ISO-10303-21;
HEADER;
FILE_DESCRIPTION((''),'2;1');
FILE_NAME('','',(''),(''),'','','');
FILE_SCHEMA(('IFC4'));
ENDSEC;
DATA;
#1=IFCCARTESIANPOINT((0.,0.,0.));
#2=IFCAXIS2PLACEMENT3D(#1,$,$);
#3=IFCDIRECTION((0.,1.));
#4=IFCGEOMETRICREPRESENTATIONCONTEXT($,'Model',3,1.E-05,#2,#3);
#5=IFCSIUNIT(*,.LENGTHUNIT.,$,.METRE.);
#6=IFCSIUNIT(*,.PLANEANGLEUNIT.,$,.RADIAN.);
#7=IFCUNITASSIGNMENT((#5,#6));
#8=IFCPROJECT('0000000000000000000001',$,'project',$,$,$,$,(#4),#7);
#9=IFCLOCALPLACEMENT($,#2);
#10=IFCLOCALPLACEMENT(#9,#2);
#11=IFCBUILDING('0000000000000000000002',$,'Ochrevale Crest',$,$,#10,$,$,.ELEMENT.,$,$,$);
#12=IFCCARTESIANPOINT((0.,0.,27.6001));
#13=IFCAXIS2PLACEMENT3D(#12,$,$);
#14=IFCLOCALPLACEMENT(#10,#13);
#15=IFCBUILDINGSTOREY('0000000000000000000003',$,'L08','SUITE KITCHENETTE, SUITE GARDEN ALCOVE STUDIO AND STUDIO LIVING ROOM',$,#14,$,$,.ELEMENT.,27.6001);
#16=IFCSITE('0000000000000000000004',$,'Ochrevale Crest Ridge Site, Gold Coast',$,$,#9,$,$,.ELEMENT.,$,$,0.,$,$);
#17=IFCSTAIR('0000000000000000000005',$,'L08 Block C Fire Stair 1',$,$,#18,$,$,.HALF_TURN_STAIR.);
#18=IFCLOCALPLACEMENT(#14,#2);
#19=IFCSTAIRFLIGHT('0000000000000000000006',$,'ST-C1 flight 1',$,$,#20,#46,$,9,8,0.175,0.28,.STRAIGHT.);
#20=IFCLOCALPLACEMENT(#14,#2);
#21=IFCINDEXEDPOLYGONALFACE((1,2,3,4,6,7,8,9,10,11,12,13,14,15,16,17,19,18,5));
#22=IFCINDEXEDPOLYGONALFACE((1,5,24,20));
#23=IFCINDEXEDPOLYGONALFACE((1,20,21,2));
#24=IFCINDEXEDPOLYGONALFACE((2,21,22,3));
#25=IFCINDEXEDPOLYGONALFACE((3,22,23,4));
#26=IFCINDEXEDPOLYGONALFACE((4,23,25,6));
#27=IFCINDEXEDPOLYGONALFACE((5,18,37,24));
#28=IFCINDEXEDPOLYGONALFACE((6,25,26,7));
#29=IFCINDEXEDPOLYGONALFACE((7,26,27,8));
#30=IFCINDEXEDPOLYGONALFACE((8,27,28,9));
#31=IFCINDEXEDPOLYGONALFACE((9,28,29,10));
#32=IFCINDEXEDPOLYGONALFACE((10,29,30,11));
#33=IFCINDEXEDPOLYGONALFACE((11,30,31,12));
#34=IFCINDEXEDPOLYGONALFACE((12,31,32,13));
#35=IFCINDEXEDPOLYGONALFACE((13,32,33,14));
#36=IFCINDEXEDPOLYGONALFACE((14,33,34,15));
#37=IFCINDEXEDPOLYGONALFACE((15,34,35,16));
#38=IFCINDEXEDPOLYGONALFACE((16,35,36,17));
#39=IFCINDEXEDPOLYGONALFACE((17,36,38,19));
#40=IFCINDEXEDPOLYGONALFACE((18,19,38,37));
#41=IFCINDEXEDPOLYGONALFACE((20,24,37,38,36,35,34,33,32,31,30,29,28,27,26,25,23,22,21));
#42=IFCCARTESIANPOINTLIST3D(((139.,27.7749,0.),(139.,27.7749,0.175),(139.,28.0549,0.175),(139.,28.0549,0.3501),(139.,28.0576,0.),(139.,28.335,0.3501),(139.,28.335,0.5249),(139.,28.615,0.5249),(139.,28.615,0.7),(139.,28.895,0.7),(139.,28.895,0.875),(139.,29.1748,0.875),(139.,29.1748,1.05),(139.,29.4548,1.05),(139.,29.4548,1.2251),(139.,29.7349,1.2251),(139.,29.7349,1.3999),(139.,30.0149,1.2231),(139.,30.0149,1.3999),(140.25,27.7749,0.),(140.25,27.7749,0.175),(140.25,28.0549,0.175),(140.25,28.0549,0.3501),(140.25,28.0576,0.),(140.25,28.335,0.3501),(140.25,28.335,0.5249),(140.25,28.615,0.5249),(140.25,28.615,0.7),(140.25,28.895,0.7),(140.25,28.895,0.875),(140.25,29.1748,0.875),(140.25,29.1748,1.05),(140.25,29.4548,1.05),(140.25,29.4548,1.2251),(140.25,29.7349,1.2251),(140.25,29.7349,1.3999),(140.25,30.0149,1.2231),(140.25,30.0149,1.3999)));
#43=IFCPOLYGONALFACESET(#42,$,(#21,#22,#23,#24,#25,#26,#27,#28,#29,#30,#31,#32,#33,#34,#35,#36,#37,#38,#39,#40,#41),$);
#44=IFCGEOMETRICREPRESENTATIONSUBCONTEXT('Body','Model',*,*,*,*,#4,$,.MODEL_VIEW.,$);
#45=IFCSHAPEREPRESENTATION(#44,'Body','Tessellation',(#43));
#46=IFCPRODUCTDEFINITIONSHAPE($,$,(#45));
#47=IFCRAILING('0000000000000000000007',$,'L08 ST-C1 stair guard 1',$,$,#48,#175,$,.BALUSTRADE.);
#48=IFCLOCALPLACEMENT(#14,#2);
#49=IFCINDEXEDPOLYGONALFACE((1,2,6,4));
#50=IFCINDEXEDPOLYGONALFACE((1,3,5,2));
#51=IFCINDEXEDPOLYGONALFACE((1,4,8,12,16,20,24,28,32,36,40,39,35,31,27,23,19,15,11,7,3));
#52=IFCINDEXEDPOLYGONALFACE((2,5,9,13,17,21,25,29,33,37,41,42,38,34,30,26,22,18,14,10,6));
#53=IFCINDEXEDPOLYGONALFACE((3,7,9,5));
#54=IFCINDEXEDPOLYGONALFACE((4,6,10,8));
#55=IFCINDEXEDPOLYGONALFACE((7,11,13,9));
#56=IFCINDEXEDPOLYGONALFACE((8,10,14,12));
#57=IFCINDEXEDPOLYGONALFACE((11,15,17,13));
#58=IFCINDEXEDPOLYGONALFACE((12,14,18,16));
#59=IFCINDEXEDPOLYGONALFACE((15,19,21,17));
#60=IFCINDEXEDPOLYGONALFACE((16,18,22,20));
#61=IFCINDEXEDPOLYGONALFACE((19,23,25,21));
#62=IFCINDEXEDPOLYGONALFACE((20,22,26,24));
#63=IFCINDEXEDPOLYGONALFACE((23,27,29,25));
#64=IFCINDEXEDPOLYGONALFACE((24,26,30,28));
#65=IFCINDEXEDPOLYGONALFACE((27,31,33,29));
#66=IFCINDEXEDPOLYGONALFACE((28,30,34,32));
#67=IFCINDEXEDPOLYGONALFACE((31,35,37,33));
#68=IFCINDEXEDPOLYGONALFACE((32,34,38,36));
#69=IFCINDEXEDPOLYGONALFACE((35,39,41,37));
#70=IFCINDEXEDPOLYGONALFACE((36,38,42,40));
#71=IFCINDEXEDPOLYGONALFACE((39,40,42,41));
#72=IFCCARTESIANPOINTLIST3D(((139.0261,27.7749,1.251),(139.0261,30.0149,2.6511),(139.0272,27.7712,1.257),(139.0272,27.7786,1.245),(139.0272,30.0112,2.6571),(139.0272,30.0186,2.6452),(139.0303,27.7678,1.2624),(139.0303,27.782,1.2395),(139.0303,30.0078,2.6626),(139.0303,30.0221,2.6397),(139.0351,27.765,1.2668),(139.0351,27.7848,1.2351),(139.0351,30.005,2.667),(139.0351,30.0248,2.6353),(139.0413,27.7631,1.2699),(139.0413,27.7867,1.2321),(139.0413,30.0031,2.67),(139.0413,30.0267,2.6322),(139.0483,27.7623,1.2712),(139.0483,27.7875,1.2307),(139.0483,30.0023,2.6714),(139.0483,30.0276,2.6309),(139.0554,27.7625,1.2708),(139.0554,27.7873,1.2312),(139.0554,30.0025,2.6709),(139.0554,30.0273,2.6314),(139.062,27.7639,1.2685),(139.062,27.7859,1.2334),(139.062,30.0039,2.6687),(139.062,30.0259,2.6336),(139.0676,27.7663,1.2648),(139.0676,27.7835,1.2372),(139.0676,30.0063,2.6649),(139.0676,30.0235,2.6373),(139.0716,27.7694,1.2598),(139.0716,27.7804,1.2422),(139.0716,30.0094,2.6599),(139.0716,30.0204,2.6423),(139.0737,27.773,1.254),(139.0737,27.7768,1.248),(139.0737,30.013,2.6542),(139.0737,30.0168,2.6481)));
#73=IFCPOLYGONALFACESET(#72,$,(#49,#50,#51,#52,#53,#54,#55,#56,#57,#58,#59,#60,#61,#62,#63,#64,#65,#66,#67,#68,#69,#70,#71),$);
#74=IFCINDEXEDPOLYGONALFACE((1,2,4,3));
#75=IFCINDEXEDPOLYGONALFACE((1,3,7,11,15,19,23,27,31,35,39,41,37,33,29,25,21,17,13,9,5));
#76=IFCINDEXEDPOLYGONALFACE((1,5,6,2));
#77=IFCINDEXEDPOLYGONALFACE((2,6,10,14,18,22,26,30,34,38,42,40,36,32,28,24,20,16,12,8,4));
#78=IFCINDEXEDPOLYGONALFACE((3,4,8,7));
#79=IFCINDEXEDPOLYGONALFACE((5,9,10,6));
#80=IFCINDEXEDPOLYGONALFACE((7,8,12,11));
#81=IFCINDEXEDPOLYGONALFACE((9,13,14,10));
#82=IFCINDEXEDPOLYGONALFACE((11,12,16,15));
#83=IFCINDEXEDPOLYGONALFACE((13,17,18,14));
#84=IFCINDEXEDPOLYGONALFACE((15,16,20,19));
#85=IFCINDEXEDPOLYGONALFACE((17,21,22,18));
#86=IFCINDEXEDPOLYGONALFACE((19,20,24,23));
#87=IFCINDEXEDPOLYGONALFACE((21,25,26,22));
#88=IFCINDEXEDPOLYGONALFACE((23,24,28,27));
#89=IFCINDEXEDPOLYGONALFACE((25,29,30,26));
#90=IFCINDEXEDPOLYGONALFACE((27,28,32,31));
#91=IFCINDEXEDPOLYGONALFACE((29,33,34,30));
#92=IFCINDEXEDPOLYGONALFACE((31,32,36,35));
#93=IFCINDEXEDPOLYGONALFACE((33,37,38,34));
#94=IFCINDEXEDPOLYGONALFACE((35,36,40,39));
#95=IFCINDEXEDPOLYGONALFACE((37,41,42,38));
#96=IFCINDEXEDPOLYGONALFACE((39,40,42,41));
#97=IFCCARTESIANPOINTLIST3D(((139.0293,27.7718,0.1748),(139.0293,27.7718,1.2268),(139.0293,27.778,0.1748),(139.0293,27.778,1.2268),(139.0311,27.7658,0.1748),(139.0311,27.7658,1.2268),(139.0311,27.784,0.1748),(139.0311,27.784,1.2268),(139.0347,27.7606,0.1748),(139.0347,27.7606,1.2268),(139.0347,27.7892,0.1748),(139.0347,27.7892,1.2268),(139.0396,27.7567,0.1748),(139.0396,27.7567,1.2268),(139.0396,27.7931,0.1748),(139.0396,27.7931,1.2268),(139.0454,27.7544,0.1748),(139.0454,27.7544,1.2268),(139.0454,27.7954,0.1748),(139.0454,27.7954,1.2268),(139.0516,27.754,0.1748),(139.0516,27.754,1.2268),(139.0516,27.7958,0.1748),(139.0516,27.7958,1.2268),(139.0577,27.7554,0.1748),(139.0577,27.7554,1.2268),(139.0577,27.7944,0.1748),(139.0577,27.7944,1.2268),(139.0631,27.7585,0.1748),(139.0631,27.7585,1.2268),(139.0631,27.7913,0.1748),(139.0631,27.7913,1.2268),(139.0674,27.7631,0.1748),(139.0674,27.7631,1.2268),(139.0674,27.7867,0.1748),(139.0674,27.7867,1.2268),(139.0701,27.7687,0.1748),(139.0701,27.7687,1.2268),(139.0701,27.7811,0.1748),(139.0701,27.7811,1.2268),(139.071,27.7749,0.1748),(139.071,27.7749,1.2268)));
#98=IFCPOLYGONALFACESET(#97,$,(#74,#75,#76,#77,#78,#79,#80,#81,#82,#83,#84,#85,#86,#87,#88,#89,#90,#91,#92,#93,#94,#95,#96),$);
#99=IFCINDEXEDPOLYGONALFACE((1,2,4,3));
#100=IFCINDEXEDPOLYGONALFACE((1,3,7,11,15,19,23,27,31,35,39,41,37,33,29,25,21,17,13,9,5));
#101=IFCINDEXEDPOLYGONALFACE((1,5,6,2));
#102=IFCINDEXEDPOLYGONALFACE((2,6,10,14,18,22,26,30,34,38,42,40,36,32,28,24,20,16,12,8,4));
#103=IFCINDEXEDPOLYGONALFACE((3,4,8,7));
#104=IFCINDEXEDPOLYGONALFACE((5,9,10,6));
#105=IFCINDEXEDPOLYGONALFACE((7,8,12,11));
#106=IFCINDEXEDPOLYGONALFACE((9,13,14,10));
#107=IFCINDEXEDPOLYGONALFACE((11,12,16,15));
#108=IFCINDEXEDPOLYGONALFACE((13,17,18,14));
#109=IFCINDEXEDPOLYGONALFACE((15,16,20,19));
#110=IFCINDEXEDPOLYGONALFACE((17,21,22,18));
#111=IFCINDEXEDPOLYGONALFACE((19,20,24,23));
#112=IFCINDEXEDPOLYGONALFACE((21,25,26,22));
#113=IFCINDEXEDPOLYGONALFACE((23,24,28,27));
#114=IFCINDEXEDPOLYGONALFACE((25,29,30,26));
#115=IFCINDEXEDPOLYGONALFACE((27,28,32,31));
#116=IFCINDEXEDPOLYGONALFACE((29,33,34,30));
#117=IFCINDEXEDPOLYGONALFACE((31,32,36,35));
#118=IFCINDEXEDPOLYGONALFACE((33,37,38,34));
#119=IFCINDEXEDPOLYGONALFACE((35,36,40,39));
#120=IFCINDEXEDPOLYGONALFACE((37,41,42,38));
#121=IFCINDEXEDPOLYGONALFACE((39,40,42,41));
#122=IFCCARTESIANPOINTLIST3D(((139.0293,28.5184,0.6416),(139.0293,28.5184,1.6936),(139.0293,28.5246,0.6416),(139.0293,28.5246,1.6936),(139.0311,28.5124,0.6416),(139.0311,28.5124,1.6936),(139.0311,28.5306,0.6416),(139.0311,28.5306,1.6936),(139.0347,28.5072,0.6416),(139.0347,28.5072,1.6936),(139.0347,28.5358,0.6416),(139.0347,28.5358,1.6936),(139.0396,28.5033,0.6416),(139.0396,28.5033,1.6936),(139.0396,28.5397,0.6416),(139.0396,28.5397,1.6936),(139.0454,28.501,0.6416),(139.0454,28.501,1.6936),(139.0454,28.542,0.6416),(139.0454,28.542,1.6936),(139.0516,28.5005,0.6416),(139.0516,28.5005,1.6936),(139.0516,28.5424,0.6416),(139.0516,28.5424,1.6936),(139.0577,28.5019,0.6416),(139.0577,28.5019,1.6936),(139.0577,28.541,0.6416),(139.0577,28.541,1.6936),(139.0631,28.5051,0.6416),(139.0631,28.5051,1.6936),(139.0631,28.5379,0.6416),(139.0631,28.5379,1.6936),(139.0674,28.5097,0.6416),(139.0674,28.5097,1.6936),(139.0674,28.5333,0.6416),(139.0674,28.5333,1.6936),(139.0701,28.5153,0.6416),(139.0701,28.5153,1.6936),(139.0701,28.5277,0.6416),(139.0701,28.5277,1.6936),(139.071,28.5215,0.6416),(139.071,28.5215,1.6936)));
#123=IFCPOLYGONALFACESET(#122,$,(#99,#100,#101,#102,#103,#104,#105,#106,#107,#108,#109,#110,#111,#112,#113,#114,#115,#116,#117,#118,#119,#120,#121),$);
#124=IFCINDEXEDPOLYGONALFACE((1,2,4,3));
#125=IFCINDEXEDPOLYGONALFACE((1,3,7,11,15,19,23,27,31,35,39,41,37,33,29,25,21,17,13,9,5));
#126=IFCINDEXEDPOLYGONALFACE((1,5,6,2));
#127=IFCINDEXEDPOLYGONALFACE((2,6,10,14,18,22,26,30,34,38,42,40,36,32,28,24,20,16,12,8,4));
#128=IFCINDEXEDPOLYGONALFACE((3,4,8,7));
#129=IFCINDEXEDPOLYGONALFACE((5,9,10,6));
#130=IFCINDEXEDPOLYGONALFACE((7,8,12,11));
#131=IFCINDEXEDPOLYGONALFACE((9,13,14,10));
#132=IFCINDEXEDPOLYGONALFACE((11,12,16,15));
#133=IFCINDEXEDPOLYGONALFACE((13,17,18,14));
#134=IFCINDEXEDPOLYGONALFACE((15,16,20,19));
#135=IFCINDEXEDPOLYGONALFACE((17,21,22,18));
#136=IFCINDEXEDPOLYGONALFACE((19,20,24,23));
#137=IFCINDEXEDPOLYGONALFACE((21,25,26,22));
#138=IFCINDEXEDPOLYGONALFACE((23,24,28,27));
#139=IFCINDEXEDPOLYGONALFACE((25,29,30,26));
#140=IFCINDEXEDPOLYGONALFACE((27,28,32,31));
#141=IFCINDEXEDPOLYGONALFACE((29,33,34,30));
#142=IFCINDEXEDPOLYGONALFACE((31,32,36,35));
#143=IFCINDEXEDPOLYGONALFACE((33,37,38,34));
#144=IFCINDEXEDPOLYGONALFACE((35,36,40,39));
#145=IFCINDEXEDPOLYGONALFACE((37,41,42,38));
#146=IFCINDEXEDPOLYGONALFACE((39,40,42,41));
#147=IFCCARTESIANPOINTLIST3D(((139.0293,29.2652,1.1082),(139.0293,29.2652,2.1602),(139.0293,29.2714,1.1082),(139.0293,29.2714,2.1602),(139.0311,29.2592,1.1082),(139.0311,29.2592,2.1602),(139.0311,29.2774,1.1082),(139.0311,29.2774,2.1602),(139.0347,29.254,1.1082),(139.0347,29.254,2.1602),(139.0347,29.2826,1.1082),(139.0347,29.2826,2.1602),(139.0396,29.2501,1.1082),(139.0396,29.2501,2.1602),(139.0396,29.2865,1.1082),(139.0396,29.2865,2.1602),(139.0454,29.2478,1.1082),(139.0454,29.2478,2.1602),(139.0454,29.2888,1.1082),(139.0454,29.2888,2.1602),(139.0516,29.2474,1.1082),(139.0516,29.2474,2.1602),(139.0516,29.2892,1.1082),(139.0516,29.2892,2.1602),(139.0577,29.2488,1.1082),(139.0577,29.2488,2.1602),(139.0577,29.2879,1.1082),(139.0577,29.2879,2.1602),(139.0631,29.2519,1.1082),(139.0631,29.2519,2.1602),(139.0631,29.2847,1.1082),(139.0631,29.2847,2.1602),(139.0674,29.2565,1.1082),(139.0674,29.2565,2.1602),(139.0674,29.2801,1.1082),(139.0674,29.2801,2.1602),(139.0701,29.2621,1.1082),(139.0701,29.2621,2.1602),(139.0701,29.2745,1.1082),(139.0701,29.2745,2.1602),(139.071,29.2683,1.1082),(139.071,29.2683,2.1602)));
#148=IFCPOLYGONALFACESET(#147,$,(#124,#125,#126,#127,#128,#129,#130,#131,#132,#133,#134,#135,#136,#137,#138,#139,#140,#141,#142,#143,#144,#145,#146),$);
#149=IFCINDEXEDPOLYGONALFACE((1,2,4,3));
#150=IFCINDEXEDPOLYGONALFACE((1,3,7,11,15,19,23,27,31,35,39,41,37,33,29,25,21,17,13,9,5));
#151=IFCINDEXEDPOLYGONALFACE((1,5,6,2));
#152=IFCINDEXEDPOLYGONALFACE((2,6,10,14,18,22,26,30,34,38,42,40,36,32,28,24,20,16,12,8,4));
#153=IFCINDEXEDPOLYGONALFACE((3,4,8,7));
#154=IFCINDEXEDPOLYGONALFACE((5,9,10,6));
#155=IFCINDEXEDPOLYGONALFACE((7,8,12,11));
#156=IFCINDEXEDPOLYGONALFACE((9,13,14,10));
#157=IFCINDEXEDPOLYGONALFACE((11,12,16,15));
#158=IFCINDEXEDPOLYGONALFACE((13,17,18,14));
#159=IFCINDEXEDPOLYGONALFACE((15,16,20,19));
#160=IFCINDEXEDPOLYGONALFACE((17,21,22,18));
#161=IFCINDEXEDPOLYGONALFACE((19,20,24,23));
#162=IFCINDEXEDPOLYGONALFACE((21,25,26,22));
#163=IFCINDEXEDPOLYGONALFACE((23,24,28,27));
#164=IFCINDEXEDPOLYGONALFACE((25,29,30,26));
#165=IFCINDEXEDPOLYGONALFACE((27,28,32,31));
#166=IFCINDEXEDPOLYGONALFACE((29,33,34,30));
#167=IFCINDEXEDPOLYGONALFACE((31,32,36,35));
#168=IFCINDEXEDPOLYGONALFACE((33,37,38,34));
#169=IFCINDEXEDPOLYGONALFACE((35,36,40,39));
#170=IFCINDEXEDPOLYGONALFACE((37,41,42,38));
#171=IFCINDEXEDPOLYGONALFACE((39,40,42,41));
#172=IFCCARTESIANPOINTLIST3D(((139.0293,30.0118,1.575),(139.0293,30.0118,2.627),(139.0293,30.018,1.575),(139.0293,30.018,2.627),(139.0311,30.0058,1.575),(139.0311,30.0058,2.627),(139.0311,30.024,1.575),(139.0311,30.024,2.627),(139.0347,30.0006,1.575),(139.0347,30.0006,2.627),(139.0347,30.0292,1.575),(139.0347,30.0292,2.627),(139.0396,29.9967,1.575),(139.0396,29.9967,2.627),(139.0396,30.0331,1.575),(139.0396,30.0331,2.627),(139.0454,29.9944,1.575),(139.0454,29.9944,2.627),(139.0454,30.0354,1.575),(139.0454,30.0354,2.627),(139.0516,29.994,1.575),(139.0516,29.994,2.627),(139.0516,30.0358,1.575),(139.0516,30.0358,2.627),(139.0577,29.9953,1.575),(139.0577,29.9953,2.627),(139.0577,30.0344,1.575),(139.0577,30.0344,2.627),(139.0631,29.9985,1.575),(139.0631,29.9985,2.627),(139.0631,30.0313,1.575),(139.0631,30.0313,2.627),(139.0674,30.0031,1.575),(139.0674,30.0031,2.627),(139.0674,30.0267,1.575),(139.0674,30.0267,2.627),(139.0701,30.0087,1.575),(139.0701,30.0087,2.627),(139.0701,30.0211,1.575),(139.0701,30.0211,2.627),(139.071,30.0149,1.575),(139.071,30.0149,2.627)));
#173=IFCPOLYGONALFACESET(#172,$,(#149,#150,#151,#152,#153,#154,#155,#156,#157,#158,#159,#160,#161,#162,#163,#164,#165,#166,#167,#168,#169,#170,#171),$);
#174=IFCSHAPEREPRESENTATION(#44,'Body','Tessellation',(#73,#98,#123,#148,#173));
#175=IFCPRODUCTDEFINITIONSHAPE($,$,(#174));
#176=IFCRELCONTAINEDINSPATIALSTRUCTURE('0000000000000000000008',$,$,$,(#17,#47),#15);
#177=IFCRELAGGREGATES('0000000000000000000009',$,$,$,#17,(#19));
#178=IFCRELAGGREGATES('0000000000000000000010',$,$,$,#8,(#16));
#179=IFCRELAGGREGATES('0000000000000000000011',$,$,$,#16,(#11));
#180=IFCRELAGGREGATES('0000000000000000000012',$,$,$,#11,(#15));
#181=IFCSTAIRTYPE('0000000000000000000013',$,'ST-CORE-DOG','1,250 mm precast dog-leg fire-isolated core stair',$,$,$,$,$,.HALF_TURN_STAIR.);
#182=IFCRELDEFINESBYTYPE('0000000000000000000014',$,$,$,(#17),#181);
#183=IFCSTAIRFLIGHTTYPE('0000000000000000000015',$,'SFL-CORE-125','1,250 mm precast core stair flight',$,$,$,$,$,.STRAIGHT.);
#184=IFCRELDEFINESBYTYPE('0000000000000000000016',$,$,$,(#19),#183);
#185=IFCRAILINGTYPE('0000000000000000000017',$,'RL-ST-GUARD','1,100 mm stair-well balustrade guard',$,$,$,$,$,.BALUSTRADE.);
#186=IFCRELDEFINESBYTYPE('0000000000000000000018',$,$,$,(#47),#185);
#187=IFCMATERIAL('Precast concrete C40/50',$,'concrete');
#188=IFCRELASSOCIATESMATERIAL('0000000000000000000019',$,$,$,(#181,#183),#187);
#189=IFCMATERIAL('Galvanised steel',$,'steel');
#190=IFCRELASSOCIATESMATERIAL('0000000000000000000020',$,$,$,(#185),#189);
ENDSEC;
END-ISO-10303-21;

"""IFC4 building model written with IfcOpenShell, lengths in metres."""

from ifc_helpers import new_model, si_unit, direction, frame, origin, origin_2d, place, context, subcontext, project, spatial, polyline, circle, outline, extrude, material, type_object, element, aggregate, save


model = new_model("IFC4")

# Units and contexts
model_context = context("Model", 3, precision=1e-05, world=origin(), true_north=direction((0.0, 1.0)))
body_context = subcontext(model_context, "Body", "Model", "MODEL_VIEW")
ifc_project = project(units=[si_unit("LENGTHUNIT", "METRE"), si_unit("PLANEANGLEUNIT", "RADIAN")], contexts=[model_context])

# Site, building, storey
site_placement = place(None, origin())
site = spatial("IfcSite", under=ifc_project, at=site_placement, Name="Ochrevale Crest Ridge Site, Gold Coast", CompositionType="ELEMENT", RefElevation=0.0)
building_placement = place(site_placement, origin())
building = spatial("IfcBuilding", under=site, at=building_placement, Name="Ochrevale Crest", CompositionType="ELEMENT")
storey_placement = place(building_placement, frame((0.0, 0.0, 27.6001)))
storey = spatial("IfcBuildingStorey", under=building, at=storey_placement, Name="L08", Description="SUITE KITCHENETTE, SUITE GARDEN ALCOVE STUDIO AND STUDIO LIVING ROOM", CompositionType="ELEMENT", Elevation=27.6001)

# Stair, stair flight
ifc_material_1 = material(Name="Precast concrete C40/50", Category="concrete")
stair_type = type_object("IfcStairType", Name="ST-CORE-DOG", Description="1,250 mm precast dog-leg fire-isolated core stair", PredefinedType="HALF_TURN_STAIR", material=ifc_material_1)
stair_placement = place(storey_placement, origin())
stair = element("IfcStair", 1, at=stair_placement, inside=storey, type_object=stair_type, Name="L08 Block C Fire Stair 1", PredefinedType="HALF_TURN_STAIR")
stair_flight_type = type_object("IfcStairFlightType", Name="SFL-CORE-125", Description="1,250 mm precast core stair flight", PredefinedType="STRAIGHT", material=ifc_material_1)
stair_flight_placement = place(storey_placement, frame((139.625, 27.7749, 0.0), z_axis=(0.0, 0.0, 1.0), x_axis=(0.0, 1.0, 0.0)))
stair_flight = element("IfcStairFlight", 2, at=stair_flight_placement, type_object=stair_flight_type, Name="ST-C1 flight 1", NumberOfRisers=9, NumberOfTreads=8, PredefinedType="STRAIGHT", RiserHeight=0.175, TreadLength=0.28, context=body_context, shape_type="SweptSolid", body=[
    extrude(outline(polyline([(0.0, 0.0), (0.0, 0.175), (0.28, 0.175), (0.28, 0.3501), (0.5601, 0.3501), (0.5601, 0.5249), (0.8401, 0.5249), (0.8401, 0.7), (1.1201, 0.7), (1.1201, 0.875), (1.3999, 0.875), (1.3999, 1.05), (1.6799, 1.05), (1.6799, 1.2251), (1.96, 1.2251), (1.96, 1.3999), (2.24, 1.3999), (2.24, 1.575), (2.24, 1.2231), (0.2827, 0.0), (0.0, 0.0)])), frame((0.0, 0.625, 0.0), z_axis=(0.0, -1.0, 0.0), x_axis=(1.0, 0.0, 0.0)), (0.0, 0.0, 1.0), 1.25),
])
aggregate(stair, [stair_flight])

# Railing
ifc_material_2 = material(Name="Galvanised steel", Category="steel")
railing_type_1 = type_object("IfcRailingType", Name="RL-ST-GUARD", Description="1,100 mm stair-well balustrade guard", PredefinedType="BALUSTRADE", material=ifc_material_2)
railing_1_placement = place(storey_placement, frame((139.05, 27.7749, 0.1748)))
element("IfcRailing", 3, at=railing_1_placement, inside=storey, type_object=railing_type_1, Name="L08 ST-C1 stair guard 1", PredefinedType="BALUSTRADE", context=body_context, shape_type="SweptSolid", body=[
    extrude(circle(Radius=0.0239, at=origin_2d()), frame((0.0, 0.0, 1.0762), z_axis=(0.0, 0.847972, 0.53004), x_axis=(-1.0, 0.0, 0.0)), (0.0, 0.0, 1.0), 2.6416),
    extrude(circle(Radius=0.021, at=origin_2d()), origin(), (0.0, 0.0, 1.0), 1.052),
    extrude(circle(Radius=0.021, at=origin_2d()), frame((0.0, 0.7466, 0.4668)), (0.0, 0.0, 1.0), 1.052),
    extrude(circle(Radius=0.021, at=origin_2d()), frame((0.0, 1.4934, 0.9333)), (0.0, 0.0, 1.0), 1.052),
    extrude(circle(Radius=0.021, at=origin_2d()), frame((0.0, 2.24, 1.4001)), (0.0, 0.0, 1.0), 1.052),
])

save(model, "model.ifc")
